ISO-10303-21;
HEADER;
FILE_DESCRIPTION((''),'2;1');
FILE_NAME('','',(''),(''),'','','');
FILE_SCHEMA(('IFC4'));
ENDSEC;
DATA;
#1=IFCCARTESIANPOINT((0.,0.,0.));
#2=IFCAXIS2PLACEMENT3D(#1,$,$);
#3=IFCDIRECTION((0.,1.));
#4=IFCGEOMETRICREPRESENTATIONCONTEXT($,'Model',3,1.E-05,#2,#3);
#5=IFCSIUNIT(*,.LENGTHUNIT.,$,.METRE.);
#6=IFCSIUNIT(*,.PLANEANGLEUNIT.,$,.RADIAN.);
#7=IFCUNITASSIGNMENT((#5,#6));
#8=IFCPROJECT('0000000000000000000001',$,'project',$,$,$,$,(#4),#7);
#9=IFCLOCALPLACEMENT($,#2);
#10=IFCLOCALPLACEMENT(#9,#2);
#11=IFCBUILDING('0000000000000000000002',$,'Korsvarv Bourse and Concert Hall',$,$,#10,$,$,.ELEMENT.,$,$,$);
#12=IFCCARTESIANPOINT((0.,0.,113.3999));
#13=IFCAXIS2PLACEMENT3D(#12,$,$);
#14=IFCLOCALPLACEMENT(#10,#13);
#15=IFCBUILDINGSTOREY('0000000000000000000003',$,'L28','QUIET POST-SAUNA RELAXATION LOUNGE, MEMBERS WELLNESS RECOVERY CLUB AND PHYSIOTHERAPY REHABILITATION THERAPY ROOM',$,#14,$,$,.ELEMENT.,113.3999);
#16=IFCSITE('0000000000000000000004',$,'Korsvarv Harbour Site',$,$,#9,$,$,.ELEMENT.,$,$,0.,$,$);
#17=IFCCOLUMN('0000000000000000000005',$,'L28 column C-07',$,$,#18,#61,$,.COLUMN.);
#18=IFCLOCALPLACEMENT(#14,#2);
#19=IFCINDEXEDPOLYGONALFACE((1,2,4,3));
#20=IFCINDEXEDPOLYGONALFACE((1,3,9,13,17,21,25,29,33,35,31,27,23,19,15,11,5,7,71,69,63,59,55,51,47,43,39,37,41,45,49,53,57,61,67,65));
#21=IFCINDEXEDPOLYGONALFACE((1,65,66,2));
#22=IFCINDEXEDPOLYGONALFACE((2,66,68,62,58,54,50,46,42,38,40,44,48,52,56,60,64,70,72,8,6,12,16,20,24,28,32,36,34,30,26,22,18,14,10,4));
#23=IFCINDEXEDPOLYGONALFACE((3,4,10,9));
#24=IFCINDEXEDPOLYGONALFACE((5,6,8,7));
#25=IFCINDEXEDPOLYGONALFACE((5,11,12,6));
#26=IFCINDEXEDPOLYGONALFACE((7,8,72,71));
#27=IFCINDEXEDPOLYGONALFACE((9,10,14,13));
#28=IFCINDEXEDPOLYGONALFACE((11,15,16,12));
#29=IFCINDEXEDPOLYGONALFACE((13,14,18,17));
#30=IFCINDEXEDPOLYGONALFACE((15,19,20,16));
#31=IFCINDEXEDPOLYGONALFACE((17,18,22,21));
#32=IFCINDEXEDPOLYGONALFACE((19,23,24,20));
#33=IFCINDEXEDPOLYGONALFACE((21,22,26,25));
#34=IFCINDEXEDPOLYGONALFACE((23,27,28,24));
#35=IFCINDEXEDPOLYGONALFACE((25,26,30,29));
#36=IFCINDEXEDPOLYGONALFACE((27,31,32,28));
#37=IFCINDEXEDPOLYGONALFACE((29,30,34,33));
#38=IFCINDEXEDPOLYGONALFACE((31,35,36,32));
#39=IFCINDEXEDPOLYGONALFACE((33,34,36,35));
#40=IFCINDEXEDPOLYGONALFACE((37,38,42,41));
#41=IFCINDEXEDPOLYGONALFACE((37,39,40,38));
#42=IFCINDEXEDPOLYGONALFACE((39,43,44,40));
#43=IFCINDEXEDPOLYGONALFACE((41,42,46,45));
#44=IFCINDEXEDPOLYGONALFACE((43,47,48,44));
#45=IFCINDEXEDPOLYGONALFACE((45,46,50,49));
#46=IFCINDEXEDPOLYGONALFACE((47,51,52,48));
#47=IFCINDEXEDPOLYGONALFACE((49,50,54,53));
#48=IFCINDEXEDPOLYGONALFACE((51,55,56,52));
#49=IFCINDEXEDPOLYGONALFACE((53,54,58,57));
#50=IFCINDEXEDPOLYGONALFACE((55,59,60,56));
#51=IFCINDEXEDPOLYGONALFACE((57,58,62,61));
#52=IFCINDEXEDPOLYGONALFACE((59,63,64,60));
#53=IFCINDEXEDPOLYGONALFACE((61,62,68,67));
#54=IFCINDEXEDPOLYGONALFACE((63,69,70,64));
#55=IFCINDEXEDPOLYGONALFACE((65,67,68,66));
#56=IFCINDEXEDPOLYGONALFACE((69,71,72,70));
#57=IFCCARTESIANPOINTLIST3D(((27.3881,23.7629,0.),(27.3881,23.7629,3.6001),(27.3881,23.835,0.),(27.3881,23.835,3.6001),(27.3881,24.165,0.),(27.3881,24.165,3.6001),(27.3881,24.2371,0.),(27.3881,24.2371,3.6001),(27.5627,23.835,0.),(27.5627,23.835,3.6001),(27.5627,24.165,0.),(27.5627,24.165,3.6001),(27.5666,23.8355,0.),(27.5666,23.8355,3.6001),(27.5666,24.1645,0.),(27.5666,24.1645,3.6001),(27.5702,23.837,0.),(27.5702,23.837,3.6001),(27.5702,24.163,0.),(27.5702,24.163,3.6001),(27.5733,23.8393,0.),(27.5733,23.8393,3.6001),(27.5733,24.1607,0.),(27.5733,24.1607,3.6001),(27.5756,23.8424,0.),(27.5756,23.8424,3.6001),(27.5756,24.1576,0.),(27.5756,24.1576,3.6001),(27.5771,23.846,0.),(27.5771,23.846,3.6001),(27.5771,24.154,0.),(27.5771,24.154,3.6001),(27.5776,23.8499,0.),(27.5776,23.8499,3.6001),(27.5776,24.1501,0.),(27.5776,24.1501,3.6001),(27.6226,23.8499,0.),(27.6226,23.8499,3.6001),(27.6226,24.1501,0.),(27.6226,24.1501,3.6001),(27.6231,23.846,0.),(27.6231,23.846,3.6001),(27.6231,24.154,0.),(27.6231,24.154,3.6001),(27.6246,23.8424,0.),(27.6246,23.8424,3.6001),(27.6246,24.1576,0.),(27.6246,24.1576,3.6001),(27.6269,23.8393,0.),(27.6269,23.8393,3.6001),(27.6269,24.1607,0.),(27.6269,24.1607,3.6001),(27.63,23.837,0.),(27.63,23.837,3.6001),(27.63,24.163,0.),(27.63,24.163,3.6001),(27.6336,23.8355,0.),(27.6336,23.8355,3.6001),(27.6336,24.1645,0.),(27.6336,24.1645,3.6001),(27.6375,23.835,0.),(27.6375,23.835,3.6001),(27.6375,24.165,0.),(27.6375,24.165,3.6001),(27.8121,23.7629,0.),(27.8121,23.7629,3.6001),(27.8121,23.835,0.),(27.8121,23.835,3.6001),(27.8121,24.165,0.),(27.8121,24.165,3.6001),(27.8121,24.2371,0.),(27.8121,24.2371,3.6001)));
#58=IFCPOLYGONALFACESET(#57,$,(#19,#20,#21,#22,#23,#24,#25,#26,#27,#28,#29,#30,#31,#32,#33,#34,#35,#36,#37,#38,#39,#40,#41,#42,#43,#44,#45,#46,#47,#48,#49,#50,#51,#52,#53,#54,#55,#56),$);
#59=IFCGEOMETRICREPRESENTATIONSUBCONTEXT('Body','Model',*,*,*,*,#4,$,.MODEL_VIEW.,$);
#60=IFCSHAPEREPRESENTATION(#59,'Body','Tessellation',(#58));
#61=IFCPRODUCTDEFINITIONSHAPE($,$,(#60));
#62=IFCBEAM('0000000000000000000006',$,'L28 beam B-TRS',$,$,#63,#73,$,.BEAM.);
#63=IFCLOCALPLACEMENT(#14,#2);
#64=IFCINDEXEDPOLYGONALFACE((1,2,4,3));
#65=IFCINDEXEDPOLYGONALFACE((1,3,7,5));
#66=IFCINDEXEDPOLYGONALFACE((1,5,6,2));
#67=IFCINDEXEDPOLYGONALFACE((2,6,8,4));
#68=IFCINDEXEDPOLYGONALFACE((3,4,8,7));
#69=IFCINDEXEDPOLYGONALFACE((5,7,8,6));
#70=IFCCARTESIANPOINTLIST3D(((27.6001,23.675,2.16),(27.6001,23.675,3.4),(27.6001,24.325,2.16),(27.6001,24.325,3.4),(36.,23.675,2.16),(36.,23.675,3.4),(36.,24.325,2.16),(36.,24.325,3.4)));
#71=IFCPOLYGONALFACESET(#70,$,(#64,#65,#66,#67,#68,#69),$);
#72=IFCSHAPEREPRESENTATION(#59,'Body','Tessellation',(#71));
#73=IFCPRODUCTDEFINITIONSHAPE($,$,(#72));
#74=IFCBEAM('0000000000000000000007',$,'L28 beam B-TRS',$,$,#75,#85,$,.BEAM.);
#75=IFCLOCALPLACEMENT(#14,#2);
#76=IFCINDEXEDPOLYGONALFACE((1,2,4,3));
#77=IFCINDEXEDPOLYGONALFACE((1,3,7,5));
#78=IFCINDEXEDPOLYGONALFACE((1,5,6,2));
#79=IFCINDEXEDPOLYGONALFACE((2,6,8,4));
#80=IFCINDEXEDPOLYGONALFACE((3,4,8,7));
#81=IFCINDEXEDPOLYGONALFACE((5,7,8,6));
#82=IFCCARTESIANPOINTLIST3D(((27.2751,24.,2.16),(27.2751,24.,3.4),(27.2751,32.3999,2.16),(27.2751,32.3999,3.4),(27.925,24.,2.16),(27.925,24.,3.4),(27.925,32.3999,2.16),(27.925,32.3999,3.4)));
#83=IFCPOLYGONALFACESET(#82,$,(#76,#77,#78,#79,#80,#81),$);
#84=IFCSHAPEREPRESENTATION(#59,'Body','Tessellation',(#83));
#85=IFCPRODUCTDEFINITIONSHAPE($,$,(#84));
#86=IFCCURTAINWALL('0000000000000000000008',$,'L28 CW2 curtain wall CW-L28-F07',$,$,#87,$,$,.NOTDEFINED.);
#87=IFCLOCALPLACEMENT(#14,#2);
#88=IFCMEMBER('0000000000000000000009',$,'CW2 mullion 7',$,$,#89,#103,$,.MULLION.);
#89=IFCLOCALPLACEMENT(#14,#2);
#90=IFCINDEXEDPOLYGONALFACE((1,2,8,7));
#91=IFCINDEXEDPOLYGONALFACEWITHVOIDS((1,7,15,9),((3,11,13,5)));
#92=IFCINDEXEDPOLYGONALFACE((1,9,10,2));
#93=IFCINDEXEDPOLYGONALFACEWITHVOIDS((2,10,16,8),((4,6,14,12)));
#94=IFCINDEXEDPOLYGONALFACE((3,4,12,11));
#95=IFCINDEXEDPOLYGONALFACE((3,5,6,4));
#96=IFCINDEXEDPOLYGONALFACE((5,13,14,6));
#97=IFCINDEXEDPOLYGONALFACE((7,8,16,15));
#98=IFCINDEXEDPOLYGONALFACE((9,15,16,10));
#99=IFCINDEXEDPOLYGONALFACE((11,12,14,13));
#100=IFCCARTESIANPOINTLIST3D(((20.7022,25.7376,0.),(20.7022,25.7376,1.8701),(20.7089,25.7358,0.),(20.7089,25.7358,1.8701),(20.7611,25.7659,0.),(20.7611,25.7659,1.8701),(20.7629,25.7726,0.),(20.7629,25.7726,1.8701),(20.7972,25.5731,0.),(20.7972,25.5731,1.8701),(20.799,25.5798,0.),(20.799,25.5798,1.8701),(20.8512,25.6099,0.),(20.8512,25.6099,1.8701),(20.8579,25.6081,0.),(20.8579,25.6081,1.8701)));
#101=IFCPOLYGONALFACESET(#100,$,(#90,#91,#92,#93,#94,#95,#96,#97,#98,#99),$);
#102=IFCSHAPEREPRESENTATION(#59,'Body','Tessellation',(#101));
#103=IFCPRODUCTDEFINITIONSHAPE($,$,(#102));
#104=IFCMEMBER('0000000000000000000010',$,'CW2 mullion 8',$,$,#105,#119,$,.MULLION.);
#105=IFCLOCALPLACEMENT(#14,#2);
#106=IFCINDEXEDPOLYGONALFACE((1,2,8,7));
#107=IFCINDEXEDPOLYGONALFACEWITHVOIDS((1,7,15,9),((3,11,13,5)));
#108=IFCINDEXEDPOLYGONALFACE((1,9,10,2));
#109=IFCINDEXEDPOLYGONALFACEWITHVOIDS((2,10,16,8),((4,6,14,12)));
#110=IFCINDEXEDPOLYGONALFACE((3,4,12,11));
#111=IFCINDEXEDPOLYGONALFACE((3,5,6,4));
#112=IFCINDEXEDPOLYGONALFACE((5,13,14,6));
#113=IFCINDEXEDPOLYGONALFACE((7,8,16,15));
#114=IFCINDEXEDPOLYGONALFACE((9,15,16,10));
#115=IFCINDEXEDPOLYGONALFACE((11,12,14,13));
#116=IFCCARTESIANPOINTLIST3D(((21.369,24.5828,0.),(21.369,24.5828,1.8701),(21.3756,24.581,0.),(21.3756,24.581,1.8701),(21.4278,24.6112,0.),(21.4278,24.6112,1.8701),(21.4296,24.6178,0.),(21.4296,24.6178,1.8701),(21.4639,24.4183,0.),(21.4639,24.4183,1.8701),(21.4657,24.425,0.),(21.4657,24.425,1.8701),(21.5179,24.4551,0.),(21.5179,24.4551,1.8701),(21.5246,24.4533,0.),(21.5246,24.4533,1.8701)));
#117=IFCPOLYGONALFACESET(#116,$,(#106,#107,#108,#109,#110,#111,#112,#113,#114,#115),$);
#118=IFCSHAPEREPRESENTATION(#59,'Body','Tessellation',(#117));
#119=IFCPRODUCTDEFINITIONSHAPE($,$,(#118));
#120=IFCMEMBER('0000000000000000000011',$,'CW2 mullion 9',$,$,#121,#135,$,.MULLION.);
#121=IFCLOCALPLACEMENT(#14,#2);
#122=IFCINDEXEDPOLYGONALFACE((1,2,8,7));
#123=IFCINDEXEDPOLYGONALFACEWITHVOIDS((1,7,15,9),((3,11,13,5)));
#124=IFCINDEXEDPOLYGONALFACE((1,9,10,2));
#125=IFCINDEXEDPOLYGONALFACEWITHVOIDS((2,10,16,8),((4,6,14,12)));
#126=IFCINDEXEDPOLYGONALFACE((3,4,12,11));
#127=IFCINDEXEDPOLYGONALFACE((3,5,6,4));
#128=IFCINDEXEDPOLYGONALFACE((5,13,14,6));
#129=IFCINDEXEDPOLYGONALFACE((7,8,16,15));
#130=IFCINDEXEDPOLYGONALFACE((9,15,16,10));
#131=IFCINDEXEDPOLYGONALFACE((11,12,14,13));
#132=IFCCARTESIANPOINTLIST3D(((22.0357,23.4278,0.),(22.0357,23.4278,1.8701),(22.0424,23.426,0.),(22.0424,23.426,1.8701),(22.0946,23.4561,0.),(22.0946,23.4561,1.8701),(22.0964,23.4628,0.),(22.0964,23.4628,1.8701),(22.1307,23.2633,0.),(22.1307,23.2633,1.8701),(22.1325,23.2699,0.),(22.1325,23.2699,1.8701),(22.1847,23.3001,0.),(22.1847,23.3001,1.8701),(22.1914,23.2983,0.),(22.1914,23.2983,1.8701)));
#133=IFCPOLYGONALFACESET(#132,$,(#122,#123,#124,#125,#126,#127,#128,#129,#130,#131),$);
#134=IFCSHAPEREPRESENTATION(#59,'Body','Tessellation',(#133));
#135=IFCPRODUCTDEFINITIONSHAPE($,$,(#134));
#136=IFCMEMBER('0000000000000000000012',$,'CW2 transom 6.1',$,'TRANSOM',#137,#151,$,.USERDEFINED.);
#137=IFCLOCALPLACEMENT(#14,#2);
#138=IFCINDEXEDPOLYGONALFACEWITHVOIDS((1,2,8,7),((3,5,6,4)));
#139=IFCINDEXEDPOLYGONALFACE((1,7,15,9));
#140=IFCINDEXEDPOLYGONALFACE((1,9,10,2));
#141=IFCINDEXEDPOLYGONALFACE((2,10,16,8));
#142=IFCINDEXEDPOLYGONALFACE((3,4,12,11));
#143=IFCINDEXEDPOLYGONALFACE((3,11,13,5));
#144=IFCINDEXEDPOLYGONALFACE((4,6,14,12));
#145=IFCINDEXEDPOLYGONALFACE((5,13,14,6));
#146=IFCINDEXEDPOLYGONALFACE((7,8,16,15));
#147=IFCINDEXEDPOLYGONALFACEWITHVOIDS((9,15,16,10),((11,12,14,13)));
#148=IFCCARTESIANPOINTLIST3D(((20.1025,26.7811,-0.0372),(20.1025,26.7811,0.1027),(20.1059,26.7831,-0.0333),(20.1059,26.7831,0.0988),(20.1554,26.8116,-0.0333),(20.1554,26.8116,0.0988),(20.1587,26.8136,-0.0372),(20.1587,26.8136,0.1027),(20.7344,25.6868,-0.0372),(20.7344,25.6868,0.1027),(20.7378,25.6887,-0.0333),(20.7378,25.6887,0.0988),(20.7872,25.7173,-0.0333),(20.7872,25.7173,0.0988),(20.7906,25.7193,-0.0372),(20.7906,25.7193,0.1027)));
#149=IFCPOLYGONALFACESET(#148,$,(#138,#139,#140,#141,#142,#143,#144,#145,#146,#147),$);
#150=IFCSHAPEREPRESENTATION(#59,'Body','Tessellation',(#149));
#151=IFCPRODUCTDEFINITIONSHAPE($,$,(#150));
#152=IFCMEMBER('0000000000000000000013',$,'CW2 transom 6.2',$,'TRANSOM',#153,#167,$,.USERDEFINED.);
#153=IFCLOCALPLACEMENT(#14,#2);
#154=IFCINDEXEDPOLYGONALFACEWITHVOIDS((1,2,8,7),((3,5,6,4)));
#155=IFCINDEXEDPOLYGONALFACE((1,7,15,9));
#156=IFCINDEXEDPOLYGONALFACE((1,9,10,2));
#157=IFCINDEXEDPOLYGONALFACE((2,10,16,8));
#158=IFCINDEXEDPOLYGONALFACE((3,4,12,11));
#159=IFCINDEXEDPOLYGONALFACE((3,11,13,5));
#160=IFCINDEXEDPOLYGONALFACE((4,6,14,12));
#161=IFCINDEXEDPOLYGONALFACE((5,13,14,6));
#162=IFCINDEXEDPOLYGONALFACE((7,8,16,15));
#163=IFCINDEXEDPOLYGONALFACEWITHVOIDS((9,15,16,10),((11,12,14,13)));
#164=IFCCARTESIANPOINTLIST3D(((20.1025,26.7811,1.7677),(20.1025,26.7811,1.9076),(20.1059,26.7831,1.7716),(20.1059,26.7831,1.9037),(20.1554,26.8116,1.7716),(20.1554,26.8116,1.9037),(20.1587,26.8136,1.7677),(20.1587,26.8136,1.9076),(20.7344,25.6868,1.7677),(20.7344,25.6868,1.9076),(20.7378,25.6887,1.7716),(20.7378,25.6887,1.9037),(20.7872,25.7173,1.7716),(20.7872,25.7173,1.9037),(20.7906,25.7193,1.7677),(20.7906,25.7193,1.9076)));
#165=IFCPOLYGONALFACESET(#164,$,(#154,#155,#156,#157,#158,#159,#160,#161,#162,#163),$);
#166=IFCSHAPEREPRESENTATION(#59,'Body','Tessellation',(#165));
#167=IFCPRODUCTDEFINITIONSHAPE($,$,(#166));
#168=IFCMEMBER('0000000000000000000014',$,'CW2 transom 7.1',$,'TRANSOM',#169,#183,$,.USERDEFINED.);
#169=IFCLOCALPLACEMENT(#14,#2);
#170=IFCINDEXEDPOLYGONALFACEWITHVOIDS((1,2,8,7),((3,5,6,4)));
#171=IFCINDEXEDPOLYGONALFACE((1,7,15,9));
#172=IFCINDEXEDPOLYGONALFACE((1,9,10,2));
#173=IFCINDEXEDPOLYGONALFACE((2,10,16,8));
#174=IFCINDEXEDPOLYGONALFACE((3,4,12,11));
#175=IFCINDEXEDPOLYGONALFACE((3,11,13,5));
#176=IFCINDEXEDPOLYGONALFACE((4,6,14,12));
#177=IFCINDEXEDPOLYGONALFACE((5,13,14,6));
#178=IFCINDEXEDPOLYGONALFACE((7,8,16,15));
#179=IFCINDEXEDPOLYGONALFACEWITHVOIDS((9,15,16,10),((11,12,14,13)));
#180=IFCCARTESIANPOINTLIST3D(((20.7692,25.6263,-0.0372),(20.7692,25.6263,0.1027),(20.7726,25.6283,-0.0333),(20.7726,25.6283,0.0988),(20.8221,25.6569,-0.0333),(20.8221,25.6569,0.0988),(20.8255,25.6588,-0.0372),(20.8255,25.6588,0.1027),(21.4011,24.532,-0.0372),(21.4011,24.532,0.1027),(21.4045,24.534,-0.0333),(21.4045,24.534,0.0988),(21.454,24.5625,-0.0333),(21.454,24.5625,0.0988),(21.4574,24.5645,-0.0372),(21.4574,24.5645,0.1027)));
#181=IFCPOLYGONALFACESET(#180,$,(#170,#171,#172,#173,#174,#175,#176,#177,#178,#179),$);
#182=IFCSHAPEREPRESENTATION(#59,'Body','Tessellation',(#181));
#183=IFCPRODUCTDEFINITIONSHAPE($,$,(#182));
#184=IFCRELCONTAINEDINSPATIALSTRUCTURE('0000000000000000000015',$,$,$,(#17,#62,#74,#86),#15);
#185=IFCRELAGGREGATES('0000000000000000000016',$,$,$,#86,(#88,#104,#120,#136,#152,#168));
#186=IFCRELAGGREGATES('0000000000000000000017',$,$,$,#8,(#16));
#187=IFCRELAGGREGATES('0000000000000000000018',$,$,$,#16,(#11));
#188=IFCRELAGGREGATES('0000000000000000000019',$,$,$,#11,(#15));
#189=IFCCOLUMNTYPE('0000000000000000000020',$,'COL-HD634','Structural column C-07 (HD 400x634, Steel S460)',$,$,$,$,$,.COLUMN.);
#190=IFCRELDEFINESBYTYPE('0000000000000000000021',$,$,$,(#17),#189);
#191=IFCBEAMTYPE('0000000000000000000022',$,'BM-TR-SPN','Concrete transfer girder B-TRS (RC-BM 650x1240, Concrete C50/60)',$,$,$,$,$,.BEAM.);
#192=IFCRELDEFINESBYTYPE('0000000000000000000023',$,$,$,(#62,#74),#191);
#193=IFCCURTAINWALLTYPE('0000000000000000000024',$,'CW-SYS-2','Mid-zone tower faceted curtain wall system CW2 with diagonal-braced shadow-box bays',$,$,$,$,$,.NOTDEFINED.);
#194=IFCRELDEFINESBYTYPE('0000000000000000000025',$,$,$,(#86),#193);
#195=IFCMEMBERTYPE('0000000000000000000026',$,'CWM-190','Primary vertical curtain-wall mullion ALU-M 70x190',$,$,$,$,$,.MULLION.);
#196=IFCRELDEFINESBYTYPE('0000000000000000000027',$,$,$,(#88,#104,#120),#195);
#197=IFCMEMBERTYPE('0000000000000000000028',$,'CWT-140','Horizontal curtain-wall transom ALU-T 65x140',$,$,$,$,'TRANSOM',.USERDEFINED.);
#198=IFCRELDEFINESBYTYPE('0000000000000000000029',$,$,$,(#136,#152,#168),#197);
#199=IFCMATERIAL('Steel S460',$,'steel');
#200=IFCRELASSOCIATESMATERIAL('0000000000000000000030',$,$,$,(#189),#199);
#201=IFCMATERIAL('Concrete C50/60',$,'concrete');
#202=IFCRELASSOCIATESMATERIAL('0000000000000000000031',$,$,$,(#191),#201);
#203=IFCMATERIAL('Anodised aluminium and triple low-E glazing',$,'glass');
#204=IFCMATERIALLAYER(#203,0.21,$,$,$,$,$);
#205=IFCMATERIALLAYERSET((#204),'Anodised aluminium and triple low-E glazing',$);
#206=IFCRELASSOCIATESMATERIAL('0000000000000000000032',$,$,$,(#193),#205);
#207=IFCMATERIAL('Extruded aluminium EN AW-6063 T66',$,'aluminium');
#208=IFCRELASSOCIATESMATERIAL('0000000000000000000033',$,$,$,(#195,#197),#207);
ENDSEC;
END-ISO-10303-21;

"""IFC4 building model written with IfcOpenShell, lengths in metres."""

from ifc_helpers import new_model, si_unit, direction, frame, origin, origin_2d, place, context, subcontext, project, spatial, rectangle, hollow_rectangle, i_section, extrude, source, transform, mapped, material, layer, layer_set, material_profile, profile_set, type_object, element, aggregate, save


model = new_model("IFC4")

# Units and contexts
model_context = context("Model", 3, precision=1e-05, world=origin(), true_north=direction((0.0, 1.0)))
body_context = subcontext(model_context, "Body", "Model", "MODEL_VIEW")
ifc_project = project(units=[si_unit("LENGTHUNIT", "METRE"), si_unit("PLANEANGLEUNIT", "RADIAN")], contexts=[model_context])

# Site, building, storey
site_placement = place(None, origin())
site = spatial("IfcSite", under=ifc_project, at=site_placement, Name="Korsvarv Harbour Site", CompositionType="ELEMENT", RefElevation=0.0)
building_placement = place(site_placement, origin())
building = spatial("IfcBuilding", under=site, at=building_placement, Name="Korsvarv Bourse and Concert Hall", CompositionType="ELEMENT")
storey_placement = place(building_placement, frame((0.0, 0.0, 113.3999)))
storey = spatial("IfcBuildingStorey", under=building, at=storey_placement, Name="L28", Description="QUIET POST-SAUNA RELAXATION LOUNGE, MEMBERS WELLNESS RECOVERY CLUB AND PHYSIOTHERAPY REHABILITATION THERAPY ROOM", CompositionType="ELEMENT", Elevation=113.3999)

# Column
ifc_material_1 = material(Name="Steel S460", Category="steel")
ifc_material_profile_1 = material_profile(ifc_material_1, i_section(OverallWidth=0.4241, OverallDepth=0.4741, WebThickness=0.0449, FlangeThickness=0.072, FilletRadius=0.0149, at=origin_2d()), Name="HD 400x634")
ifc_profile_set_1 = profile_set([ifc_material_profile_1], Name="Steel S460")
column_type = type_object("IfcColumnType", Name="COL-HD634", Description="Structural column C-07 (HD 400x634, Steel S460)", PredefinedType="COLUMN", material=ifc_profile_set_1)
shared_shape_1 = source(origin(), body_context, "Body", "SweptSolid", [
    extrude(i_section(OverallWidth=0.4241, OverallDepth=0.4741, WebThickness=0.0449, FlangeThickness=0.072, FilletRadius=0.0149, at=origin_2d()), origin(), (0.0, 0.0, 1.0), 3.6001),
])
column_placement = place(storey_placement, frame((27.6001, 24.0, 0.0), z_axis=(0.0, 0.0, 1.0), x_axis=(1.0, 0.0, 0.0)))
element("IfcColumn", 1, at=column_placement, inside=storey, type_object=column_type, Name="L28 column C-07", PredefinedType="COLUMN", context=body_context, shape_type="MappedRepresentation", body=[
    mapped(shared_shape_1, transform((0.0, 0.0, 0.0), scale=1.0)),
])

# Beams
ifc_material_2 = material(Name="Concrete C50/60", Category="concrete")
ifc_material_profile_2 = material_profile(ifc_material_2, rectangle(XDim=0.6499, YDim=1.24, at=origin_2d()), Name="RC-BM 650x1240")
ifc_profile_set_2 = profile_set([ifc_material_profile_2], Name="Concrete C50/60")
beam_type = type_object("IfcBeamType", Name="BM-TR-SPN", Description="Concrete transfer girder B-TRS (RC-BM 650x1240, Concrete C50/60)", PredefinedType="BEAM", material=ifc_profile_set_2)
shared_shape_2 = source(origin(), body_context, "Body", "SweptSolid", [
    extrude(rectangle(XDim=0.6499, YDim=1.24, at=origin_2d()), origin(), (0.0, 0.0, 1.0), 8.3999),
])
for number, where, z_axis, x_axis, name in (
    (2, (27.6001, 24.0, 2.78), (1.0, 0.0, 0.0), (0.0, 1.0, 0.0), "L28 beam B-TRS"),
    (3, (27.6001, 24.0, 2.78), (0.0, 1.0, 0.0), (-1.0, 0.0, 0.0), "L28 beam B-TRS"),
):
    element("IfcBeam", number, at=place(storey_placement, frame(where, z_axis=z_axis, x_axis=x_axis)), inside=storey, type_object=beam_type, Name=name, PredefinedType="BEAM", context=body_context, shape_type="MappedRepresentation", body=[
        mapped(shared_shape_2, transform((0.0, 0.0, 0.0), scale=1.0)),
    ])

# Curtain wall, members
ifc_material_3 = material(Name="Anodised aluminium and triple low-E glazing", Category="glass")
ifc_layer_1 = layer(ifc_material_3, 0.21)
ifc_layer_set_1 = layer_set([ifc_layer_1], Name="Anodised aluminium and triple low-E glazing")
curtain_wall_type = type_object("IfcCurtainWallType", Name="CW-SYS-2", Description="Mid-zone tower faceted curtain wall system CW2 with diagonal-braced shadow-box bays", PredefinedType="NOTDEFINED", material=ifc_layer_set_1)
curtain_wall_placement = place(storey_placement, origin())
curtain_wall = element("IfcCurtainWall", 4, at=curtain_wall_placement, inside=storey, type_object=curtain_wall_type, Name="L28 CW2 curtain wall CW-L28-F07", PredefinedType="NOTDEFINED")
ifc_material_4 = material(Name="Extruded aluminium EN AW-6063 T66", Category="aluminium")
ifc_material_profile_3 = material_profile(ifc_material_4, hollow_rectangle(XDim=0.0701, YDim=0.1899, WallThickness=0.0049, at=origin_2d()), Name="ALU-M 70x190")
ifc_profile_set_3 = profile_set([ifc_material_profile_3], Name="Extruded aluminium EN AW-6063 T66")
member_type_1 = type_object("IfcMemberType", Name="CWM-190", Description="Primary vertical curtain-wall mullion ALU-M 70x190", PredefinedType="MULLION", material=ifc_profile_set_3)
shared_shape_3 = source(origin(), body_context, "Body", "SweptSolid", [
    extrude(hollow_rectangle(XDim=0.0701, YDim=0.1899, WallThickness=0.0049, at=origin_2d()), origin(), (0.0, 0.0, 1.0), 1.8701),
])
member_1_placement = place(storey_placement, frame((20.78, 25.6729, 0.0), z_axis=(0.0, 0.0, 1.0), x_axis=(0.866022, 0.500006, 0.0)))
member_1 = element("IfcMember", 5, at=member_1_placement, type_object=member_type_1, Name="CW2 mullion 7", PredefinedType="MULLION", context=body_context, shape_type="MappedRepresentation", body=[
    mapped(shared_shape_3, transform((0.0, 0.0, 0.0), scale=1.0)),
])
member_2_placement = place(storey_placement, frame((21.4468, 24.5181, 0.0), z_axis=(0.0, 0.0, 1.0), x_axis=(0.866022, 0.500006, 0.0)))
member_2 = element("IfcMember", 6, at=member_2_placement, type_object=member_type_1, Name="CW2 mullion 8", PredefinedType="MULLION", context=body_context, shape_type="MappedRepresentation", body=[
    mapped(shared_shape_3, transform((0.0, 0.0, 0.0), scale=1.0)),
])
member_3_placement = place(storey_placement, frame((22.1135, 23.363, 0.0), z_axis=(0.0, 0.0, 1.0), x_axis=(0.866022, 0.500006, 0.0)))
member_3 = element("IfcMember", 7, at=member_3_placement, type_object=member_type_1, Name="CW2 mullion 9", PredefinedType="MULLION", context=body_context, shape_type="MappedRepresentation", body=[
    mapped(shared_shape_3, transform((0.0, 0.0, 0.0), scale=1.0)),
])
ifc_material_profile_4 = material_profile(ifc_material_4, hollow_rectangle(XDim=0.0649, YDim=0.1399, WallThickness=0.0039, at=origin_2d()), Name="ALU-T 65x140")
ifc_profile_set_4 = profile_set([ifc_material_profile_4], Name="Extruded aluminium EN AW-6063 T66")
member_type_2 = type_object("IfcMemberType", Name="CWT-140", Description="Horizontal curtain-wall transom ALU-T 65x140", ElementType="TRANSOM", PredefinedType="USERDEFINED", material=ifc_profile_set_4)
shared_shape_4 = source(origin(), body_context, "Body", "SweptSolid", [
    extrude(hollow_rectangle(XDim=0.0649, YDim=0.1399, WallThickness=0.0039, at=origin_2d()), origin(), (0.0, 0.0, 1.0), 1.2637),
])
member_4_placement = place(storey_placement, frame((20.1306, 26.7974, 0.0327), z_axis=(0.500046, -0.865999, 0.0), x_axis=(0.865999, 0.500046, 0.0)))
member_4 = element("IfcMember", 8, at=member_4_placement, type_object=member_type_2, Name="CW2 transom 6.1", ObjectType="TRANSOM", PredefinedType="USERDEFINED", context=body_context, shape_type="MappedRepresentation", body=[
    mapped(shared_shape_4, transform((0.0, 0.0, 0.0), scale=1.0)),
])
member_5_placement = place(storey_placement, frame((20.1306, 26.7974, 1.8376), z_axis=(0.500046, -0.865999, 0.0), x_axis=(0.865999, 0.500046, 0.0)))
member_5 = element("IfcMember", 9, at=member_5_placement, type_object=member_type_2, Name="CW2 transom 6.2", ObjectType="TRANSOM", PredefinedType="USERDEFINED", context=body_context, shape_type="MappedRepresentation", body=[
    mapped(shared_shape_4, transform((0.0, 0.0, 0.0), scale=1.0)),
])
member_6_placement = place(storey_placement, frame((20.7974, 25.6426, 0.0327), z_axis=(0.500046, -0.865999, 0.0), x_axis=(0.865999, 0.500046, 0.0)))
member_6 = element("IfcMember", 10, at=member_6_placement, type_object=member_type_2, Name="CW2 transom 7.1", ObjectType="TRANSOM", PredefinedType="USERDEFINED", context=body_context, shape_type="MappedRepresentation", body=[
    mapped(shared_shape_4, transform((0.0, 0.0, 0.0), scale=1.0)),
])
aggregate(curtain_wall, [member_1, member_2, member_3, member_4, member_5, member_6])

save(model, "model.ifc")
